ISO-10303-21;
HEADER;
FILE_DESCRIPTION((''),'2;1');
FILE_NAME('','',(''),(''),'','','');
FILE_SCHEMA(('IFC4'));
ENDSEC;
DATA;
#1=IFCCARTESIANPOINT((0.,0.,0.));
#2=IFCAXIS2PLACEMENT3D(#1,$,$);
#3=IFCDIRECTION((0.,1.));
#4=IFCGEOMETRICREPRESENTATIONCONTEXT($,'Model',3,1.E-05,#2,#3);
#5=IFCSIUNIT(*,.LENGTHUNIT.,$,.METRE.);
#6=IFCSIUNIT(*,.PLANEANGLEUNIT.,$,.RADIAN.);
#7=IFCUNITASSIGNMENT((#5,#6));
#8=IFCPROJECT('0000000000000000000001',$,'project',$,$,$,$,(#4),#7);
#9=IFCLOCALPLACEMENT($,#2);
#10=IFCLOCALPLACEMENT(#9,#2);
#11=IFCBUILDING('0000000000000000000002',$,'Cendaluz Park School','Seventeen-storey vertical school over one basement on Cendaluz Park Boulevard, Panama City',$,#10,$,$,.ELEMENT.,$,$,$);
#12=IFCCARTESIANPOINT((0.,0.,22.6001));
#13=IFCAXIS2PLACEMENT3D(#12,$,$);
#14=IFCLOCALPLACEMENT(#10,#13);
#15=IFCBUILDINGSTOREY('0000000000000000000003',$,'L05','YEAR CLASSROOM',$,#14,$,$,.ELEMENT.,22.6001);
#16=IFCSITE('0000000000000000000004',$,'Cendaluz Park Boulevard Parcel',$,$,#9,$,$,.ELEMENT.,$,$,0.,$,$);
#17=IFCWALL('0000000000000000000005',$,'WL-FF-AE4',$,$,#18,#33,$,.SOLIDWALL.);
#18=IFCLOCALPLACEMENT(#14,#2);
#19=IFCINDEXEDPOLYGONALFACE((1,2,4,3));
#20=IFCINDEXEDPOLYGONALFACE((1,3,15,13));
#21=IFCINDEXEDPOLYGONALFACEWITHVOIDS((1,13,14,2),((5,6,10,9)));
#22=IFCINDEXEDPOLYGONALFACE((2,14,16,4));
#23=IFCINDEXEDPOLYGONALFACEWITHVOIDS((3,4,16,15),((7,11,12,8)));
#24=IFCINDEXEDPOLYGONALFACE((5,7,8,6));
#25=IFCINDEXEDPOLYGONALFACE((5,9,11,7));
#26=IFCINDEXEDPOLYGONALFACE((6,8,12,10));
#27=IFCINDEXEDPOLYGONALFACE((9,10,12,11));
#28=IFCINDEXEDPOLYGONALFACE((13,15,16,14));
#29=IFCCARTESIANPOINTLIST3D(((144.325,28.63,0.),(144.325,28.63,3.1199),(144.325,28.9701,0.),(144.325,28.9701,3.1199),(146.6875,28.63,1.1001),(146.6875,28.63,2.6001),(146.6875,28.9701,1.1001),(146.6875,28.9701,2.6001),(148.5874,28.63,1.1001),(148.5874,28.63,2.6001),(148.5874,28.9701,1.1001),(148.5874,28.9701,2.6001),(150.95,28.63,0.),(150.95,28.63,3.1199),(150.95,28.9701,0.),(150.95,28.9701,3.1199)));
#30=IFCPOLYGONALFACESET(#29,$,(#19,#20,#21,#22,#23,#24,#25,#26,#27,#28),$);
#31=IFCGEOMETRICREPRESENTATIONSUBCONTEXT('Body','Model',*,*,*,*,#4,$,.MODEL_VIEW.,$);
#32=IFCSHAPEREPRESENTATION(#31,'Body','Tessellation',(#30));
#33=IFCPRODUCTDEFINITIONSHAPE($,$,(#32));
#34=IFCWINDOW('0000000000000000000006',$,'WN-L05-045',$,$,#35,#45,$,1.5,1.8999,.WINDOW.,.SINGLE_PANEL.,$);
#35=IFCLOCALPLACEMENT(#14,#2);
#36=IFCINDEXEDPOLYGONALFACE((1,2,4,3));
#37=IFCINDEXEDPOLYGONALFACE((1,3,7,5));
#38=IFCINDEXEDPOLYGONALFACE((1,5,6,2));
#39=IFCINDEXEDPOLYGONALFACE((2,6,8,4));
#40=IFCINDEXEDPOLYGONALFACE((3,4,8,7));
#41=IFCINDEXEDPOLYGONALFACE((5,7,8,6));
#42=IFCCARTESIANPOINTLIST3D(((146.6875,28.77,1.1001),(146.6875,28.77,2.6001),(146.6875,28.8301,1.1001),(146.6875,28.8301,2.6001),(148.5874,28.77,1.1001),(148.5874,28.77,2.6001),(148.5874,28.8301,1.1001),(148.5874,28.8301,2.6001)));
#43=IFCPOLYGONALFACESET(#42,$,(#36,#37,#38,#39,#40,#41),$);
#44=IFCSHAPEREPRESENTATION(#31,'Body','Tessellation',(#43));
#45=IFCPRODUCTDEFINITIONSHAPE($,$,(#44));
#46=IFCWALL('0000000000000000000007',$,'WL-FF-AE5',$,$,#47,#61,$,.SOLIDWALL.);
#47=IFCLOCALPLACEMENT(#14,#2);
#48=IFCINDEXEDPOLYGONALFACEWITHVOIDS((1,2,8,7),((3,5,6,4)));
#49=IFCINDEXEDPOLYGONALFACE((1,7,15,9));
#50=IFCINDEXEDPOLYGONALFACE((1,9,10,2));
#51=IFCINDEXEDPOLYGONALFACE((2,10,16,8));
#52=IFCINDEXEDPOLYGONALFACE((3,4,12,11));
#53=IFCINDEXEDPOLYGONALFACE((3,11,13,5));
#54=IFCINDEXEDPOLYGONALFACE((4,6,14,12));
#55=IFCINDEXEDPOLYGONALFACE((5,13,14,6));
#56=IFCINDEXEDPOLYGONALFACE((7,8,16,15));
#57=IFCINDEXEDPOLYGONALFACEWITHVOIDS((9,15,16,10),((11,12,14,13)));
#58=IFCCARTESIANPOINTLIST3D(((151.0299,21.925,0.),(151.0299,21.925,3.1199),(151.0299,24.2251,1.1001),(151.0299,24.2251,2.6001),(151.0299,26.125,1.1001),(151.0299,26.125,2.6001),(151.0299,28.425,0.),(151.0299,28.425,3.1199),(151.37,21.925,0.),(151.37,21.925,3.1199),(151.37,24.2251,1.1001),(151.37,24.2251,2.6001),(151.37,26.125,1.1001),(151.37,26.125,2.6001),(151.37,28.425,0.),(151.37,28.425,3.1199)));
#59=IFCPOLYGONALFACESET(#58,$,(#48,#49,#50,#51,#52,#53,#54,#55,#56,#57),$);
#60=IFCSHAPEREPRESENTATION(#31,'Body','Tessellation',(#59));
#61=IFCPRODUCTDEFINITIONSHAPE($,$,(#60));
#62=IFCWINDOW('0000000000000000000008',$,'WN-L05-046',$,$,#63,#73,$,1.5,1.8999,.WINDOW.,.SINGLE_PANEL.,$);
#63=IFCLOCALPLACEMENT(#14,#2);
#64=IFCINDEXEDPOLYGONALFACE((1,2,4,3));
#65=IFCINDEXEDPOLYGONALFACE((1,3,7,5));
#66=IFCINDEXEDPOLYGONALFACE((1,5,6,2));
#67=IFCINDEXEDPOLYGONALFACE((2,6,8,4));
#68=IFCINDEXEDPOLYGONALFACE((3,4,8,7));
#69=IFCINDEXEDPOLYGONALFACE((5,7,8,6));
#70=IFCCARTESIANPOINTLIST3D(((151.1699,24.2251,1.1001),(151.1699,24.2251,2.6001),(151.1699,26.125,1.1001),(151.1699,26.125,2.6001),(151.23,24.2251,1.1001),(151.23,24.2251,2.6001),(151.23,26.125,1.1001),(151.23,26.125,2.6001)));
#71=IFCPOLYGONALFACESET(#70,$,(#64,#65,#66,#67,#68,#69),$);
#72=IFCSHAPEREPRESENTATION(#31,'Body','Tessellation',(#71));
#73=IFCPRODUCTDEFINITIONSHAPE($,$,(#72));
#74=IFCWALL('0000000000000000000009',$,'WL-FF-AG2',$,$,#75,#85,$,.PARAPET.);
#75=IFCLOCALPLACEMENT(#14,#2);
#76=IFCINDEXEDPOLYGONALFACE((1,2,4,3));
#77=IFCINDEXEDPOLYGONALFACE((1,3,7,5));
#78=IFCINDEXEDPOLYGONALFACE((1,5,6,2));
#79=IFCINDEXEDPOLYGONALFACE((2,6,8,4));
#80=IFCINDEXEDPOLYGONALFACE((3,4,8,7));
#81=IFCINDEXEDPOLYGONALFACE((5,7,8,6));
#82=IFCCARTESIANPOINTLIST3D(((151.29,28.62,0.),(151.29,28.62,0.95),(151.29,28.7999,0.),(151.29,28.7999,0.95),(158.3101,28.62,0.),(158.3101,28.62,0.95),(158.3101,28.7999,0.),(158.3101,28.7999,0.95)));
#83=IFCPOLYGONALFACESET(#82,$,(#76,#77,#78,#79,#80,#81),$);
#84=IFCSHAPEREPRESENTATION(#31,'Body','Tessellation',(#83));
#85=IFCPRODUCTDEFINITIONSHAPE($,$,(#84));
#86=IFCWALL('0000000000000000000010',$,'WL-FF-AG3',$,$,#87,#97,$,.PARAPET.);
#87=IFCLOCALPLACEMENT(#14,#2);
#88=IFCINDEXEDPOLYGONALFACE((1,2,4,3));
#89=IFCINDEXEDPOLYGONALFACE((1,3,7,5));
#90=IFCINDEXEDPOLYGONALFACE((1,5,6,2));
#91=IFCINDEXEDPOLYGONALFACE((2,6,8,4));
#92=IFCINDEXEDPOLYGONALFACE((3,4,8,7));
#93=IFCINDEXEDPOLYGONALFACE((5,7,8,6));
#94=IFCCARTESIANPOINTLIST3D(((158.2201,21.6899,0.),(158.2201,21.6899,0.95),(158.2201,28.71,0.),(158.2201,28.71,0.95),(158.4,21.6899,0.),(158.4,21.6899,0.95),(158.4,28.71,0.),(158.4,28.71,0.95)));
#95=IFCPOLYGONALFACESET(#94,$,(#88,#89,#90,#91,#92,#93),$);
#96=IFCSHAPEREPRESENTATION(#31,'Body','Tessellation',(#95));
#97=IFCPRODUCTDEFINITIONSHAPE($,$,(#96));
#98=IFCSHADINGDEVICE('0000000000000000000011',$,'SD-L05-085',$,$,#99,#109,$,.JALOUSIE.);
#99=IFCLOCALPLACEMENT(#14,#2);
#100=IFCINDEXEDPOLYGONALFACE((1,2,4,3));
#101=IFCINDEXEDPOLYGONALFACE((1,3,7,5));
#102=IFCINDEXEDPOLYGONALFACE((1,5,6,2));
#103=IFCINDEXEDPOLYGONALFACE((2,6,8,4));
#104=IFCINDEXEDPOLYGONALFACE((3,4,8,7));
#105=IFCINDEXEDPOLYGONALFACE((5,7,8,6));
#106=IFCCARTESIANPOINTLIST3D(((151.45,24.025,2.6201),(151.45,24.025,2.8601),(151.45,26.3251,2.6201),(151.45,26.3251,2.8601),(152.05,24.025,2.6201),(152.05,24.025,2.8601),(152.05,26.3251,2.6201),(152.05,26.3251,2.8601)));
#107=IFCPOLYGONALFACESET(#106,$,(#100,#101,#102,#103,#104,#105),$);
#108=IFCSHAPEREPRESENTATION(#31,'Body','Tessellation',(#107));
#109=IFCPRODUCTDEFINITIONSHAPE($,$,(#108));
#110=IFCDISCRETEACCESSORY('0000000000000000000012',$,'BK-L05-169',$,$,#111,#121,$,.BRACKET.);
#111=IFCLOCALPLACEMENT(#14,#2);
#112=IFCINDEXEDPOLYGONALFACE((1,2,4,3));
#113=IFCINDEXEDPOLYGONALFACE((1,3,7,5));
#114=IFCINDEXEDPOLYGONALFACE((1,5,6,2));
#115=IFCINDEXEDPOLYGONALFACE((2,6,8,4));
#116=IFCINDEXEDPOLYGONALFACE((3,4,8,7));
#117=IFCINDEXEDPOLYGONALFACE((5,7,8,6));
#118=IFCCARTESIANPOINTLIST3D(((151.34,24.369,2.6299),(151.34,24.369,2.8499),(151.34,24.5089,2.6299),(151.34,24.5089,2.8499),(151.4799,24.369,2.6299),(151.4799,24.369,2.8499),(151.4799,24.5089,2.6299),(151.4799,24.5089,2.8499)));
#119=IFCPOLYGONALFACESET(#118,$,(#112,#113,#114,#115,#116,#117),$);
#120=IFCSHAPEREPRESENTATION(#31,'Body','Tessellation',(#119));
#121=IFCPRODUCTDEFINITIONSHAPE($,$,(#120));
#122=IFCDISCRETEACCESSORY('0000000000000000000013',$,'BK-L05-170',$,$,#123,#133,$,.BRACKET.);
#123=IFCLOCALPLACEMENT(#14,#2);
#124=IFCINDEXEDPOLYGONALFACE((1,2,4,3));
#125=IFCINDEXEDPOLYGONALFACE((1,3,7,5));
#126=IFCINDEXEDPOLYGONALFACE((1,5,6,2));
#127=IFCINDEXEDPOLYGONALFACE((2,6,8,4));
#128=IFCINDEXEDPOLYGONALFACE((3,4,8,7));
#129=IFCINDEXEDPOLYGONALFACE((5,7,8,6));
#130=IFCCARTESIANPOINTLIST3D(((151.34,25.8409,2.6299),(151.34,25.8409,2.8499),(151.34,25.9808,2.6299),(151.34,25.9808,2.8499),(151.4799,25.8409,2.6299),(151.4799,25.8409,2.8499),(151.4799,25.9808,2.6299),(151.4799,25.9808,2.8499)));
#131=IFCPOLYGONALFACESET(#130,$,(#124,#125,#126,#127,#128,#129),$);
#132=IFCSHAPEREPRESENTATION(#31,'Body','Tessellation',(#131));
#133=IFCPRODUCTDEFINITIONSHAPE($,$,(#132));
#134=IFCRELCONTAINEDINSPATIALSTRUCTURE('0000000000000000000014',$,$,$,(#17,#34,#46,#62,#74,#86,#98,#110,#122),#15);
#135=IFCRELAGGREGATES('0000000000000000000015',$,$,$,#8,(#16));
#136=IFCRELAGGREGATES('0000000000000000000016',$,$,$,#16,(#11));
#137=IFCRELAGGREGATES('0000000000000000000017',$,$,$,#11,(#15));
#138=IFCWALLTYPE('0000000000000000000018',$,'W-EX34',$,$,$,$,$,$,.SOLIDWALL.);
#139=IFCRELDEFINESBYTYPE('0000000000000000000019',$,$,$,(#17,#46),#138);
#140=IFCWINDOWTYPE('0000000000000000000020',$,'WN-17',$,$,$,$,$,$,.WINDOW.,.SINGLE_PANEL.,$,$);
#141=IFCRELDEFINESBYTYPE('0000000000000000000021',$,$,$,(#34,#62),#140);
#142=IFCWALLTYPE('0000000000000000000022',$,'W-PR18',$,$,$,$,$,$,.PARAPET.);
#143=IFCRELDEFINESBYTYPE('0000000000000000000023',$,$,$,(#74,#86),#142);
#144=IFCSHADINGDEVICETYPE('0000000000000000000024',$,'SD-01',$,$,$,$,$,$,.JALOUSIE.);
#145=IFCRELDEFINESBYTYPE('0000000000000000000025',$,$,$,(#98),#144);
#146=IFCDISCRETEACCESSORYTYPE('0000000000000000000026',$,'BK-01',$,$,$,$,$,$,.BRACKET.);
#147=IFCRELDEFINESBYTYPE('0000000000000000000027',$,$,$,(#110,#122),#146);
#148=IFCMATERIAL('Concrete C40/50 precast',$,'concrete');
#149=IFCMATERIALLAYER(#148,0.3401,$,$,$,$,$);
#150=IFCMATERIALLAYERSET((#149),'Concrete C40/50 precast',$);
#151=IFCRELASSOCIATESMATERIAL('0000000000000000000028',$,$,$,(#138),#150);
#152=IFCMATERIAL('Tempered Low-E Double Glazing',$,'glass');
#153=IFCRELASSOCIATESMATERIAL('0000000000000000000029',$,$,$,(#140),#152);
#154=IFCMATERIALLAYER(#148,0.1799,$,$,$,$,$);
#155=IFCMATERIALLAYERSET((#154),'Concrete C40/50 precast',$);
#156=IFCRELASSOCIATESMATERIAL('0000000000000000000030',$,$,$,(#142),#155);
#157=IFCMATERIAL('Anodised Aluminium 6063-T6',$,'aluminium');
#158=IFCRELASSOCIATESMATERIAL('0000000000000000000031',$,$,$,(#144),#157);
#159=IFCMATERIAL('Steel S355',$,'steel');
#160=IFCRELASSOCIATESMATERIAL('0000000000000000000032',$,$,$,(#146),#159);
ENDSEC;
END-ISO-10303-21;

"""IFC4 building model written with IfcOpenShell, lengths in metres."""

from ifc_helpers import new_model, si_unit, direction, frame, frame_2d, origin, origin_2d, place, context, subcontext, project, spatial, rectangle, extrude, material, layer, layer_set, type_object, element, fill, save


model = new_model("IFC4")

# Units and contexts
model_context = context("Model", 3, precision=1e-05, world=origin(), true_north=direction((0.0, 1.0)))
body_context = subcontext(model_context, "Body", "Model", "MODEL_VIEW")
ifc_project = project(units=[si_unit("LENGTHUNIT", "METRE"), si_unit("PLANEANGLEUNIT", "RADIAN")], contexts=[model_context])

# Site, building, storey
site_placement = place(None, origin())
site = spatial("IfcSite", under=ifc_project, at=site_placement, Name="Cendaluz Park Boulevard Parcel", CompositionType="ELEMENT", RefElevation=0.0)
building_placement = place(site_placement, origin())
building = spatial("IfcBuilding", under=site, at=building_placement, Name="Cendaluz Park School", Description="Seventeen-storey vertical school over one basement on Cendaluz Park Boulevard, Panama City", CompositionType="ELEMENT")
storey_placement = place(building_placement, frame((0.0, 0.0, 22.6001)))
storey = spatial("IfcBuildingStorey", under=building, at=storey_placement, Name="L05", Description="YEAR CLASSROOM", CompositionType="ELEMENT", Elevation=22.6001)

# Walls, openings, windows
ifc_material_1 = material(Name="Concrete C40/50 precast", Category="concrete")
ifc_layer_1 = layer(ifc_material_1, 0.3401)
ifc_layer_set_1 = layer_set([ifc_layer_1], Name="Concrete C40/50 precast")
wall_type_1 = type_object("IfcWallType", Name="W-EX34", PredefinedType="SOLIDWALL", material=ifc_layer_set_1)
wall_1_placement = place(storey_placement, frame((144.325, 28.8, 0.0), z_axis=(0.0, 0.0, 1.0), x_axis=(1.0, 0.0, 0.0)))
wall_1 = element("IfcWall", 1, at=wall_1_placement, inside=storey, type_object=wall_type_1, Name="WL-FF-AE4", PredefinedType="SOLIDWALL", context=body_context, shape_type="SweptSolid", body=[
    extrude(rectangle(XDim=6.625, YDim=0.3401, at=frame_2d((3.3125, 0.0))), origin(), (0.0, 0.0, 1.0), 3.1199),
])
opening_1_placement = place(wall_1_placement, frame((2.3625, 0.0, 1.1001)))
opening_1 = element("IfcOpeningElement", 2, at=opening_1_placement, cuts=wall_1, PredefinedType="OPENING", context=body_context, shape_type="SweptSolid", body=[
    extrude(rectangle(XDim=1.8999, YDim=1.5, at=frame_2d((0.95, 0.75))), frame((0.0, 0.1821, 0.0), z_axis=(0.0, -1.0, 0.0), x_axis=(1.0, 0.0, 0.0)), (0.0, 0.0, 1.0), 0.364),
])
ifc_material_2 = material(Name="Tempered Low-E Double Glazing", Category="glass")
window_type = type_object("IfcWindowType", Name="WN-17", PartitioningType="SINGLE_PANEL", PredefinedType="WINDOW", material=ifc_material_2)
window_1_placement = place(opening_1_placement, origin())
window_1 = element("IfcWindow", 3, at=window_1_placement, inside=storey, type_object=window_type, Name="WN-L05-045", OverallHeight=1.5, OverallWidth=1.8999, PartitioningType="SINGLE_PANEL", PredefinedType="WINDOW", context=body_context, shape_type="SweptSolid", body=[
    extrude(rectangle(XDim=1.8999, YDim=1.5, at=frame_2d((0.95, 0.75))), frame((0.0, 0.03, 0.0), z_axis=(0.0, -1.0, 0.0), x_axis=(1.0, 0.0, 0.0)), (0.0, 0.0, 1.0), 0.0601),
])
fill(opening_1, window_1)
wall_2_placement = place(storey_placement, frame((151.2, 21.925, 0.0), z_axis=(0.0, 0.0, 1.0), x_axis=(0.0, 1.0, 0.0)))
wall_2 = element("IfcWall", 4, at=wall_2_placement, inside=storey, type_object=wall_type_1, Name="WL-FF-AE5", PredefinedType="SOLIDWALL", context=body_context, shape_type="SweptSolid", body=[
    extrude(rectangle(XDim=6.5, YDim=0.3401, at=frame_2d((3.25, 0.0))), origin(), (0.0, 0.0, 1.0), 3.1199),
])
opening_2_placement = place(wall_2_placement, frame((2.3, 0.0, 1.1001)))
opening_2 = element("IfcOpeningElement", 5, at=opening_2_placement, cuts=wall_2, PredefinedType="OPENING", context=body_context, shape_type="SweptSolid", body=[
    extrude(rectangle(XDim=1.8999, YDim=1.5, at=frame_2d((0.95, 0.75))), frame((0.0, 0.1821, 0.0), z_axis=(0.0, -1.0, 0.0), x_axis=(1.0, 0.0, 0.0)), (0.0, 0.0, 1.0), 0.364),
])
window_2_placement = place(opening_2_placement, origin())
window_2 = element("IfcWindow", 6, at=window_2_placement, inside=storey, type_object=window_type, Name="WN-L05-046", OverallHeight=1.5, OverallWidth=1.8999, PartitioningType="SINGLE_PANEL", PredefinedType="WINDOW", context=body_context, shape_type="SweptSolid", body=[
    extrude(rectangle(XDim=1.8999, YDim=1.5, at=frame_2d((0.95, 0.75))), frame((0.0, 0.03, 0.0), z_axis=(0.0, -1.0, 0.0), x_axis=(1.0, 0.0, 0.0)), (0.0, 0.0, 1.0), 0.0601),
])
fill(opening_2, window_2)

# Walls
ifc_layer_2 = layer(ifc_material_1, 0.1799)
ifc_layer_set_2 = layer_set([ifc_layer_2], Name="Concrete C40/50 precast")
wall_type_2 = type_object("IfcWallType", Name="W-PR18", PredefinedType="PARAPET", material=ifc_layer_set_2)
for number, where, z_axis, x_axis, name in (
    (7, (151.29, 28.71, 0.0), (0.0, 0.0, 1.0), (1.0, 0.0, 0.0), "WL-FF-AG2"),
    (8, (158.3101, 21.6899, 0.0), (0.0, 0.0, 1.0), (0.0, 1.0, 0.0), "WL-FF-AG3"),
):
    element("IfcWall", number, at=place(storey_placement, frame(where, z_axis=z_axis, x_axis=x_axis)), inside=storey, type_object=wall_type_2, Name=name, PredefinedType="PARAPET", context=body_context, shape_type="SweptSolid", body=[
        extrude(rectangle(XDim=7.02, YDim=0.1799, at=frame_2d((3.51, 0.0))), origin(), (0.0, 0.0, 1.0), 0.95),
    ])

# Shading device
ifc_material_3 = material(Name="Anodised Aluminium 6063-T6", Category="aluminium")
shading_device_type = type_object("IfcShadingDeviceType", Name="SD-01", PredefinedType="JALOUSIE", material=ifc_material_3)
shading_device_placement = place(storey_placement, frame((151.75, 25.175, 2.6201), z_axis=(0.0, 0.0, 1.0), x_axis=(0.0, 1.0, 0.0)))
element("IfcShadingDevice", 9, at=shading_device_placement, inside=storey, type_object=shading_device_type, Name="SD-L05-085", PredefinedType="JALOUSIE", context=body_context, shape_type="SweptSolid", body=[
    extrude(rectangle(XDim=2.3, YDim=0.6001, at=origin_2d()), origin(), (0.0, 0.0, 1.0), 0.24),
])

# Discrete accessories
ifc_material_4 = material(Name="Steel S355", Category="steel")
discrete_accessory_type = type_object("IfcDiscreteAccessoryType", Name="BK-01", PredefinedType="BRACKET", material=ifc_material_4)
for number, where, z_axis, x_axis, name in (
    (10, (151.4099, 24.439, 2.6299), (0.0, 0.0, 1.0), (0.0, 1.0, 0.0), "BK-L05-169"),
    (11, (151.4099, 25.9109, 2.6299), (0.0, 0.0, 1.0), (0.0, 1.0, 0.0), "BK-L05-170"),
):
    element("IfcDiscreteAccessory", number, at=place(storey_placement, frame(where, z_axis=z_axis, x_axis=x_axis)), inside=storey, type_object=discrete_accessory_type, Name=name, PredefinedType="BRACKET", context=body_context, shape_type="SweptSolid", body=[
        extrude(rectangle(XDim=0.1399, YDim=0.1399, at=origin_2d()), origin(), (0.0, 0.0, 1.0), 0.22),
    ])

save(model, "model.ifc")
